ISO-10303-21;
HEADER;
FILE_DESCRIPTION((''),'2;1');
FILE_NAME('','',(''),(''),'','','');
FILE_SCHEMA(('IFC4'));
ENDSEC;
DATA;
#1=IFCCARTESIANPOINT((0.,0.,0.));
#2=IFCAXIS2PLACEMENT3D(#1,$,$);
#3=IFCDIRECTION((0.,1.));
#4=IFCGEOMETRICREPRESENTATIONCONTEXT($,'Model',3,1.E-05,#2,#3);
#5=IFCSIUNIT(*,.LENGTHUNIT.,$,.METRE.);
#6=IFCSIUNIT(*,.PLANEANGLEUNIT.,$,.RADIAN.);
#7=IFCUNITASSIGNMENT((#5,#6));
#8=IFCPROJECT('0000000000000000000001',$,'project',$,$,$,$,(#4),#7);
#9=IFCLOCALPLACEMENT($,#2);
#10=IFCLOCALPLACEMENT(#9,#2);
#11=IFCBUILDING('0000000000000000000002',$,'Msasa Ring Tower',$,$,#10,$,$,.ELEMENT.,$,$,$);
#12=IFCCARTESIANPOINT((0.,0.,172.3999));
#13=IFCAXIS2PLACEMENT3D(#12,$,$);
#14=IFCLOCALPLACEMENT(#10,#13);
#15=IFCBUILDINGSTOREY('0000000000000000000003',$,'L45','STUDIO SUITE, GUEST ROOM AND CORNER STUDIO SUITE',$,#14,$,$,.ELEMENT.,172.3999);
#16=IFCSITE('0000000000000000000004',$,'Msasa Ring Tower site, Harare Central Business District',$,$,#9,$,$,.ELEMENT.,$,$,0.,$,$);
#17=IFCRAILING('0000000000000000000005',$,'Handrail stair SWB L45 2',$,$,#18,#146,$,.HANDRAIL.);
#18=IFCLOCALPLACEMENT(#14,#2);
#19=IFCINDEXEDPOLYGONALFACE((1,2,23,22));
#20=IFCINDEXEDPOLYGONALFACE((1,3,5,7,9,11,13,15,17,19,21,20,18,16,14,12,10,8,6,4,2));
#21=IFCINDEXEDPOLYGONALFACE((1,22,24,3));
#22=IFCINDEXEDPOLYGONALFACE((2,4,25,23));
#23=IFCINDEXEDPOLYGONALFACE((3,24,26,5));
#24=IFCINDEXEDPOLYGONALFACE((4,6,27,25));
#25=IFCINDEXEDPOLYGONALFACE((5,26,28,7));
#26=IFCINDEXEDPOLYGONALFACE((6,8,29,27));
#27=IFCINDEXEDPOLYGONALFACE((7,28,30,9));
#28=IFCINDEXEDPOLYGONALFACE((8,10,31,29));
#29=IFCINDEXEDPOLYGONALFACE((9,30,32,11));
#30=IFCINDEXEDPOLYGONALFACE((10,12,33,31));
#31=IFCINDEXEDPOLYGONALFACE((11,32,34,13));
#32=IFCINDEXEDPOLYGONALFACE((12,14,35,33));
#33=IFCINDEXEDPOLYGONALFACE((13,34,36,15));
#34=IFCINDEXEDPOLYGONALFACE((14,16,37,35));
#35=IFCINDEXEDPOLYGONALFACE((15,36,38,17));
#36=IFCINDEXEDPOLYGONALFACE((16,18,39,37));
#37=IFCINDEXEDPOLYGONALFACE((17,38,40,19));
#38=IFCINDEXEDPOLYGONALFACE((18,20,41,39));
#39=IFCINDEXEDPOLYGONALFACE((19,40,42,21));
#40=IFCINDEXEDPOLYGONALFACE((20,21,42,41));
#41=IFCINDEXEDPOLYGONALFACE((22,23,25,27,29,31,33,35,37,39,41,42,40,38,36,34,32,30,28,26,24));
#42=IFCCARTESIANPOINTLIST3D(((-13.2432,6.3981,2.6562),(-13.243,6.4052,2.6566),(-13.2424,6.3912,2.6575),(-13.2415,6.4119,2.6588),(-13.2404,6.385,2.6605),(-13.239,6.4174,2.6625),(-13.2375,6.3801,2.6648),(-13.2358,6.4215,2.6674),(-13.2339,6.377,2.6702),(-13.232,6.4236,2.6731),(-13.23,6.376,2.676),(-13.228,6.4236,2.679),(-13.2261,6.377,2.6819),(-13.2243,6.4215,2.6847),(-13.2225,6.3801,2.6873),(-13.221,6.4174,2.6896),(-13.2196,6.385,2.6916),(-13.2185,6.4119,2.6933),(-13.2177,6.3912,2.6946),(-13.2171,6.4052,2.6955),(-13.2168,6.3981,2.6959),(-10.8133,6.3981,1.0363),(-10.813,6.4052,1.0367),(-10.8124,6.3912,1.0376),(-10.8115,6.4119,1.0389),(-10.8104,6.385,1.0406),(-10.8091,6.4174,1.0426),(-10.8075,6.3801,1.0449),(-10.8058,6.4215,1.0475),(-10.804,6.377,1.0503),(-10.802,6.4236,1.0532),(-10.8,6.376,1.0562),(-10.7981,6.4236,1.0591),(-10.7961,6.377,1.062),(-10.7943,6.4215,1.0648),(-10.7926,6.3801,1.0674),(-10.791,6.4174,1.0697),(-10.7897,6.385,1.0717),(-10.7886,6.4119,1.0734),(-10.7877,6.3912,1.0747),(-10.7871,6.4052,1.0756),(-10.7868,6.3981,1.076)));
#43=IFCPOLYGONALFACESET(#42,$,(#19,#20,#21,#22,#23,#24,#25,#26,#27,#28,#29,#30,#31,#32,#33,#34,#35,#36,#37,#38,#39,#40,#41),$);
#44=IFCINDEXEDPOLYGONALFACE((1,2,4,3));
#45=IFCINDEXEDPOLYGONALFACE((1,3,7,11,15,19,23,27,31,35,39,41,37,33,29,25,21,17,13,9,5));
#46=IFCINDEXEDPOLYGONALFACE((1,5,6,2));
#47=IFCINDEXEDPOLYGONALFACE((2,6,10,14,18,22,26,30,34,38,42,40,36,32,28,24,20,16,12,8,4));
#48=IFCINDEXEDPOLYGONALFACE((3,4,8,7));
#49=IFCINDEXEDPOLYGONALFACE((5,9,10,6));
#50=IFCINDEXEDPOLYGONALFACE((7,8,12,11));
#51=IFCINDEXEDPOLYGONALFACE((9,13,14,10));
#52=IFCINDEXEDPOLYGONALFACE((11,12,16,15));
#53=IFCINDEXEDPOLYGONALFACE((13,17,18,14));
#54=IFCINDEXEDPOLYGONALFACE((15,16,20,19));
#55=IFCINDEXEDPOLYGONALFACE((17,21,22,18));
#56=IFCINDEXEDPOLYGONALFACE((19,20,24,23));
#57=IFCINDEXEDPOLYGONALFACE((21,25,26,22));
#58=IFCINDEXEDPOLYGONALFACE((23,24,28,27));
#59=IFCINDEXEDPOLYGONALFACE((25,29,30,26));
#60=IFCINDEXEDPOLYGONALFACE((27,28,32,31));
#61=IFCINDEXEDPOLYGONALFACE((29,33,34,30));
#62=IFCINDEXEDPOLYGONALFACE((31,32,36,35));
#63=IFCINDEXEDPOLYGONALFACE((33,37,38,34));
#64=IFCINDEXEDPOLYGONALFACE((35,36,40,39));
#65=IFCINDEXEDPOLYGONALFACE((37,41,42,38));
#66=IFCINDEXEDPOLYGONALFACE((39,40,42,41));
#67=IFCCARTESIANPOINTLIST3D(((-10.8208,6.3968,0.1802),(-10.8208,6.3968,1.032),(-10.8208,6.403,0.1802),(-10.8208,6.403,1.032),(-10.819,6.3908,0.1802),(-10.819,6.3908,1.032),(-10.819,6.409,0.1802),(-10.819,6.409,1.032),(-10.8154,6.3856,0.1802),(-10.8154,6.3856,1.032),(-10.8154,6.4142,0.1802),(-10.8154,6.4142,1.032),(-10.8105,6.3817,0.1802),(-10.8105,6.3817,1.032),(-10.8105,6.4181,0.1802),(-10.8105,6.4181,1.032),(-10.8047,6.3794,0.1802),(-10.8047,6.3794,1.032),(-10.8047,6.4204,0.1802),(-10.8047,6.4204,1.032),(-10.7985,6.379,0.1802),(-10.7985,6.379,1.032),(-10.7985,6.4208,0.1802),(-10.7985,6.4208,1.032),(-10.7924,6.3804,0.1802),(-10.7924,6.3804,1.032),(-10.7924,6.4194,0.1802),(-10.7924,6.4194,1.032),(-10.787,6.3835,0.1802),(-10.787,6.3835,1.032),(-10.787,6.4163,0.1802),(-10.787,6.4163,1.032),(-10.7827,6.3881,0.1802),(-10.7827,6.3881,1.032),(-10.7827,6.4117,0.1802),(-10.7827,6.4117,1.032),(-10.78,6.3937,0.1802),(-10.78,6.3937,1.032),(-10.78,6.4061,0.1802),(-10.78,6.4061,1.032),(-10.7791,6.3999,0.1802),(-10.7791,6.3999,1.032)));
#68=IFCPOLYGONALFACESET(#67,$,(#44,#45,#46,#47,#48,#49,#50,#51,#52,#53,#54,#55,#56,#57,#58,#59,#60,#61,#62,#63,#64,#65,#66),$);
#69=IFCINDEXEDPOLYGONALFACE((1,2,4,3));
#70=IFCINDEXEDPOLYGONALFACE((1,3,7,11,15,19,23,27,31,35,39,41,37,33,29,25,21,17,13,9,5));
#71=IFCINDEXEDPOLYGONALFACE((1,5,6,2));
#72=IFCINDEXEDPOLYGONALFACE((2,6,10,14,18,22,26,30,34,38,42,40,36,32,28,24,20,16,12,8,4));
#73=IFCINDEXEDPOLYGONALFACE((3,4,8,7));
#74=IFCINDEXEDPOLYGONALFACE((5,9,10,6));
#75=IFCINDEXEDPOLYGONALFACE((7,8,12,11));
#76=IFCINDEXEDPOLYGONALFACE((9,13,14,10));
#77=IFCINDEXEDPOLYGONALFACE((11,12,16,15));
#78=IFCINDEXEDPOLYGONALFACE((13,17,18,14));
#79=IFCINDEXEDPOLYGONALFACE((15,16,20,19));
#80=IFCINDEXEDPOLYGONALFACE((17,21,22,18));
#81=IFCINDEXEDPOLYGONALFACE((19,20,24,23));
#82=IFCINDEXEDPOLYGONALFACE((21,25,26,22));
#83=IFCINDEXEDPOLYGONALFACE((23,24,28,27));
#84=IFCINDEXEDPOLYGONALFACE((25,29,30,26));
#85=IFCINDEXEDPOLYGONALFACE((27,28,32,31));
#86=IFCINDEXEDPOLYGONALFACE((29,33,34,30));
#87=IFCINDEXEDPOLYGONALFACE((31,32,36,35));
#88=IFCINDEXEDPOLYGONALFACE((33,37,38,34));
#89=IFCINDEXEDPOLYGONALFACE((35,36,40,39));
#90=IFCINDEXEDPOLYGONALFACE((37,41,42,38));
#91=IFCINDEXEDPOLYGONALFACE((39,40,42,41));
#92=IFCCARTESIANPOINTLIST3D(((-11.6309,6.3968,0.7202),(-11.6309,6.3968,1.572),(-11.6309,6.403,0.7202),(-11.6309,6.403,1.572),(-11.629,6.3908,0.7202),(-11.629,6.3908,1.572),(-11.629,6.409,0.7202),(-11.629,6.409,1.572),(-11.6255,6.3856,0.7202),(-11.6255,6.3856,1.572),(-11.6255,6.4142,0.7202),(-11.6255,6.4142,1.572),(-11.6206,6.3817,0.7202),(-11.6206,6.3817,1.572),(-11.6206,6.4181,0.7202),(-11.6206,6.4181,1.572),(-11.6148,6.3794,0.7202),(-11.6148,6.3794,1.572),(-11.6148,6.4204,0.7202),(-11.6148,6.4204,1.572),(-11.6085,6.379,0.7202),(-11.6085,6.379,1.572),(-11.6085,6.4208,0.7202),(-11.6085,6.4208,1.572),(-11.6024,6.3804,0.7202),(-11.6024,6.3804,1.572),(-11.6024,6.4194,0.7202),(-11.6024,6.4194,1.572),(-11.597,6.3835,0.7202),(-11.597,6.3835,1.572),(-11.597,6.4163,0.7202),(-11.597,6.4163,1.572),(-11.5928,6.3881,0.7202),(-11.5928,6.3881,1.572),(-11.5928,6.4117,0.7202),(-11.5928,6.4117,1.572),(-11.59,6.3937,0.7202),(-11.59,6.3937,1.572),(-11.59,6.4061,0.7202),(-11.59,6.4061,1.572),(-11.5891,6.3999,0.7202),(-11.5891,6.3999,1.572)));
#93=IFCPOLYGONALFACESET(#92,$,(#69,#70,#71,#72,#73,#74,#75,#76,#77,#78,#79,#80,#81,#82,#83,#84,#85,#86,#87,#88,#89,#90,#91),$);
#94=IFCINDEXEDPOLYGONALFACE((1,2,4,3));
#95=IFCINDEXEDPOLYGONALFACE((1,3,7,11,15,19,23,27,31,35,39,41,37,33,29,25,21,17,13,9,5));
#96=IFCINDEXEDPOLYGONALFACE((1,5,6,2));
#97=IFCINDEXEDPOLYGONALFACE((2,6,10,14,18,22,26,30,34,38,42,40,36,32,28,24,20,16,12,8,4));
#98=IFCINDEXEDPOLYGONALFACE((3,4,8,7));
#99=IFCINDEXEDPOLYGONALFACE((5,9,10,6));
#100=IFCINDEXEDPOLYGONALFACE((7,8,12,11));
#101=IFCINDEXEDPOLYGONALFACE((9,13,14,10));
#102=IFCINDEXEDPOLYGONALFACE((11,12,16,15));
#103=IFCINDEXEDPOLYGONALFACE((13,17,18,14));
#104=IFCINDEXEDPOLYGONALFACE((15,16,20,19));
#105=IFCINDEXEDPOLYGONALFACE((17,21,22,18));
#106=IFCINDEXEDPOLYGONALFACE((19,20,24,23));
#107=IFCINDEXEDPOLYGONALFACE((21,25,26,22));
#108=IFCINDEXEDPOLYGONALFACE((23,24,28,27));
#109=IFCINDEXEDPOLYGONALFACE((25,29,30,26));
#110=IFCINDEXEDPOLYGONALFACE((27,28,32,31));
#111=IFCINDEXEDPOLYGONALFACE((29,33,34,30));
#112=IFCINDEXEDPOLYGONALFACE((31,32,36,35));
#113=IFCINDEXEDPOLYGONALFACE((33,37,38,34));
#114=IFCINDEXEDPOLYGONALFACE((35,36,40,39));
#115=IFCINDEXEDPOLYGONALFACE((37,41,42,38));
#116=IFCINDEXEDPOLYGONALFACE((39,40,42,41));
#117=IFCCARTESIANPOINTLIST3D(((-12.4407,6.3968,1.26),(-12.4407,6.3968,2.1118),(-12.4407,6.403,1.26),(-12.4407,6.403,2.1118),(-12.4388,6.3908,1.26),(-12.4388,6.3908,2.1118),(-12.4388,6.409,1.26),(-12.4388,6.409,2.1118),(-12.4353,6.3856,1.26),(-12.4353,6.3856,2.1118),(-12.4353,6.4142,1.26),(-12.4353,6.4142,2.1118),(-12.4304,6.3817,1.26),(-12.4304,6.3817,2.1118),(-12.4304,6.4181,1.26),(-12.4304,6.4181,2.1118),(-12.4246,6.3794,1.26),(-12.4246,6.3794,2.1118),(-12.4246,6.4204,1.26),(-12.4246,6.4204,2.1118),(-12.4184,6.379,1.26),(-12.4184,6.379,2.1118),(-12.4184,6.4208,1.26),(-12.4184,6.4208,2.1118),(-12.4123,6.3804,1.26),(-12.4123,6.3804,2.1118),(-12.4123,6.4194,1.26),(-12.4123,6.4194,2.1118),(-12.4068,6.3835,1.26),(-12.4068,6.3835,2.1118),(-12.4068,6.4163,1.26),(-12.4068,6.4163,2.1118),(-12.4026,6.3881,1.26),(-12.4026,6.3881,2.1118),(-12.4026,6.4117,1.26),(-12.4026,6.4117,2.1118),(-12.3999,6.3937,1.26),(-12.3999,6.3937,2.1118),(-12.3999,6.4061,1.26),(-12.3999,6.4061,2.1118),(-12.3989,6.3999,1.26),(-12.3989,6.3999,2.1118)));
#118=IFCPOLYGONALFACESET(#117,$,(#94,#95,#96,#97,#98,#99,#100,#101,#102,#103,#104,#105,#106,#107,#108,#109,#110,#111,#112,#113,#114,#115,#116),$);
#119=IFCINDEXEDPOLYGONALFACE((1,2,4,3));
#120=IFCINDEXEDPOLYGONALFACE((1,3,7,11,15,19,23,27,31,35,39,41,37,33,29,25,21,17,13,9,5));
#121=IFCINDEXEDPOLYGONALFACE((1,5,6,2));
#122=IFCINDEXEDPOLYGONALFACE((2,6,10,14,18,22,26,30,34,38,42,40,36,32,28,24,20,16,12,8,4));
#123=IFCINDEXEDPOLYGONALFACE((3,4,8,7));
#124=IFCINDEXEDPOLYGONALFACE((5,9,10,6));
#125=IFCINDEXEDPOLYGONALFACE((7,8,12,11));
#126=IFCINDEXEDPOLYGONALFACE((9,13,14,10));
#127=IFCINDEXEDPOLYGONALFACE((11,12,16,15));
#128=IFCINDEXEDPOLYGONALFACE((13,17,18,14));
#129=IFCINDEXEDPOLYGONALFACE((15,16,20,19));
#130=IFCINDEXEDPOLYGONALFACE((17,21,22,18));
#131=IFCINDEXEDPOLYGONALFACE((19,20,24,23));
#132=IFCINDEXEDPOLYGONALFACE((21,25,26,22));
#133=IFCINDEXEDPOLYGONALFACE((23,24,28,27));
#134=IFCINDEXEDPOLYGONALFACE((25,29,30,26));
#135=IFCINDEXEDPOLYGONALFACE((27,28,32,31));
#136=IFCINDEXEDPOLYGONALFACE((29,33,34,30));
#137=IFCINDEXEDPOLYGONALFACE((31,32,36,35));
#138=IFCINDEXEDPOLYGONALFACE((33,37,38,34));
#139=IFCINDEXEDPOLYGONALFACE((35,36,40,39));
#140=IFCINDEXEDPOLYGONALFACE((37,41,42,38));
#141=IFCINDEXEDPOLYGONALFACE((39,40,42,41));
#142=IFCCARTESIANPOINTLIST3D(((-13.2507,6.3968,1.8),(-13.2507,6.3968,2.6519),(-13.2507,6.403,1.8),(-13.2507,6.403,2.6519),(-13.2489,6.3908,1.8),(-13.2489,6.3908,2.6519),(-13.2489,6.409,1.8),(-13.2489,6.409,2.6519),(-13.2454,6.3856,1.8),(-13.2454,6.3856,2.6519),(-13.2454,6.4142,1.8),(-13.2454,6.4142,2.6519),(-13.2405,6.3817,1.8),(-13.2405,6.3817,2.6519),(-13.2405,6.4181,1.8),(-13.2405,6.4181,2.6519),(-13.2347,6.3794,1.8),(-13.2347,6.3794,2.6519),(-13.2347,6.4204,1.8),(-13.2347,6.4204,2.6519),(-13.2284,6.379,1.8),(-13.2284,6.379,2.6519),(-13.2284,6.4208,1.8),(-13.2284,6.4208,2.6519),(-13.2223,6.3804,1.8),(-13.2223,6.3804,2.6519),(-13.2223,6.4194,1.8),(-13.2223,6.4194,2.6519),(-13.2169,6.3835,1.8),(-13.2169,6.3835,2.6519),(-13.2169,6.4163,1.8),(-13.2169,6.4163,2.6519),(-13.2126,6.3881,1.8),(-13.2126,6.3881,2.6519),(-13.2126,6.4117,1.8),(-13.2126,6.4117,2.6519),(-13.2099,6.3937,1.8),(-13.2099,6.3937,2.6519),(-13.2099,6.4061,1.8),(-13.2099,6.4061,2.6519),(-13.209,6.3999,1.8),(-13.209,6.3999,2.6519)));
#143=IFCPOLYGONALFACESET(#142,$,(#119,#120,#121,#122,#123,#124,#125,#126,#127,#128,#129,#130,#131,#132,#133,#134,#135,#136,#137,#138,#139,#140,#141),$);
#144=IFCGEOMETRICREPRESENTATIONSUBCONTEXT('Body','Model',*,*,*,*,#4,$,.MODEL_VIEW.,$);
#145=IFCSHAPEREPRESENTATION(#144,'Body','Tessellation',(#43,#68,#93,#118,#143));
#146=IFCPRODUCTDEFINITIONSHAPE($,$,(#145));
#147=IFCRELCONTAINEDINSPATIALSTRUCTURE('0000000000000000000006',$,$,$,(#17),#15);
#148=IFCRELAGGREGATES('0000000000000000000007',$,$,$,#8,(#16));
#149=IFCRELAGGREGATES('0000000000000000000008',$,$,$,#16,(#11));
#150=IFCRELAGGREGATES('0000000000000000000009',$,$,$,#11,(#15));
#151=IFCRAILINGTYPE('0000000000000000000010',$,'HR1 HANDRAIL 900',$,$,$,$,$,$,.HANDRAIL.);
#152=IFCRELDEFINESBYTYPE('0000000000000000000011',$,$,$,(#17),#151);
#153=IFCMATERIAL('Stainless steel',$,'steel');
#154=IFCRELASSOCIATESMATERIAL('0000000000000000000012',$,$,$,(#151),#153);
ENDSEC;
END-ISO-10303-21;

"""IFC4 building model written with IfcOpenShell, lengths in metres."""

from ifc_helpers import new_model, si_unit, direction, frame, origin, origin_2d, place, context, subcontext, project, spatial, circle, extrude, material, type_object, element, save


model = new_model("IFC4")

# Units and contexts
model_context = context("Model", 3, precision=1e-05, world=origin(), true_north=direction((0.0, 1.0)))
body_context = subcontext(model_context, "Body", "Model", "MODEL_VIEW")
ifc_project = project(units=[si_unit("LENGTHUNIT", "METRE"), si_unit("PLANEANGLEUNIT", "RADIAN")], contexts=[model_context])

# Site, building, storey
site_placement = place(None, origin())
site = spatial("IfcSite", under=ifc_project, at=site_placement, Name="Msasa Ring Tower site, Harare Central Business District", CompositionType="ELEMENT", RefElevation=0.0)
building_placement = place(site_placement, origin())
building = spatial("IfcBuilding", under=site, at=building_placement, Name="Msasa Ring Tower", CompositionType="ELEMENT")
storey_placement = place(building_placement, frame((0.0, 0.0, 172.3999)))
storey = spatial("IfcBuildingStorey", under=building, at=storey_placement, Name="L45", Description="STUDIO SUITE, GUEST ROOM AND CORNER STUDIO SUITE", CompositionType="ELEMENT", Elevation=172.3999)

# Railing
ifc_material_1 = material(Name="Stainless steel", Category="steel")
railing_type = type_object("IfcRailingType", Name="HR1 HANDRAIL 900", PredefinedType="HANDRAIL", material=ifc_material_1)
for number, where, name in (
    (1, (-10.8, 6.3999, 0.1802), "Handrail stair SWB L45 2"),
):
    element("IfcRailing", number, at=place(storey_placement, frame(where)), inside=storey, type_object=railing_type, Name=name, PredefinedType="HANDRAIL", context=body_context, shape_type="SweptSolid", body=[
        extrude(circle(Radius=0.0239, at=origin_2d()), frame((0.0, 0.0, 0.876), z_axis=(-0.832063, 0.0, 0.554681), x_axis=(0.0, -1.0, 0.0)), (0.0, 0.0, 1.0), 2.9204),
        extrude(circle(Radius=0.021, at=origin_2d()), origin(), (0.0, 0.0, 1.0), 0.8518),
        extrude(circle(Radius=0.021, at=origin_2d()), frame((-0.8101, 0.0, 0.54)), (0.0, 0.0, 1.0), 0.8518),
        extrude(circle(Radius=0.021, at=origin_2d()), frame((-1.6199, 0.0, 1.0798)), (0.0, 0.0, 1.0), 0.8518),
        extrude(circle(Radius=0.021, at=origin_2d()), frame((-2.4299, 0.0, 1.6199)), (0.0, 0.0, 1.0), 0.8518),
    ])

save(model, "model.ifc")
